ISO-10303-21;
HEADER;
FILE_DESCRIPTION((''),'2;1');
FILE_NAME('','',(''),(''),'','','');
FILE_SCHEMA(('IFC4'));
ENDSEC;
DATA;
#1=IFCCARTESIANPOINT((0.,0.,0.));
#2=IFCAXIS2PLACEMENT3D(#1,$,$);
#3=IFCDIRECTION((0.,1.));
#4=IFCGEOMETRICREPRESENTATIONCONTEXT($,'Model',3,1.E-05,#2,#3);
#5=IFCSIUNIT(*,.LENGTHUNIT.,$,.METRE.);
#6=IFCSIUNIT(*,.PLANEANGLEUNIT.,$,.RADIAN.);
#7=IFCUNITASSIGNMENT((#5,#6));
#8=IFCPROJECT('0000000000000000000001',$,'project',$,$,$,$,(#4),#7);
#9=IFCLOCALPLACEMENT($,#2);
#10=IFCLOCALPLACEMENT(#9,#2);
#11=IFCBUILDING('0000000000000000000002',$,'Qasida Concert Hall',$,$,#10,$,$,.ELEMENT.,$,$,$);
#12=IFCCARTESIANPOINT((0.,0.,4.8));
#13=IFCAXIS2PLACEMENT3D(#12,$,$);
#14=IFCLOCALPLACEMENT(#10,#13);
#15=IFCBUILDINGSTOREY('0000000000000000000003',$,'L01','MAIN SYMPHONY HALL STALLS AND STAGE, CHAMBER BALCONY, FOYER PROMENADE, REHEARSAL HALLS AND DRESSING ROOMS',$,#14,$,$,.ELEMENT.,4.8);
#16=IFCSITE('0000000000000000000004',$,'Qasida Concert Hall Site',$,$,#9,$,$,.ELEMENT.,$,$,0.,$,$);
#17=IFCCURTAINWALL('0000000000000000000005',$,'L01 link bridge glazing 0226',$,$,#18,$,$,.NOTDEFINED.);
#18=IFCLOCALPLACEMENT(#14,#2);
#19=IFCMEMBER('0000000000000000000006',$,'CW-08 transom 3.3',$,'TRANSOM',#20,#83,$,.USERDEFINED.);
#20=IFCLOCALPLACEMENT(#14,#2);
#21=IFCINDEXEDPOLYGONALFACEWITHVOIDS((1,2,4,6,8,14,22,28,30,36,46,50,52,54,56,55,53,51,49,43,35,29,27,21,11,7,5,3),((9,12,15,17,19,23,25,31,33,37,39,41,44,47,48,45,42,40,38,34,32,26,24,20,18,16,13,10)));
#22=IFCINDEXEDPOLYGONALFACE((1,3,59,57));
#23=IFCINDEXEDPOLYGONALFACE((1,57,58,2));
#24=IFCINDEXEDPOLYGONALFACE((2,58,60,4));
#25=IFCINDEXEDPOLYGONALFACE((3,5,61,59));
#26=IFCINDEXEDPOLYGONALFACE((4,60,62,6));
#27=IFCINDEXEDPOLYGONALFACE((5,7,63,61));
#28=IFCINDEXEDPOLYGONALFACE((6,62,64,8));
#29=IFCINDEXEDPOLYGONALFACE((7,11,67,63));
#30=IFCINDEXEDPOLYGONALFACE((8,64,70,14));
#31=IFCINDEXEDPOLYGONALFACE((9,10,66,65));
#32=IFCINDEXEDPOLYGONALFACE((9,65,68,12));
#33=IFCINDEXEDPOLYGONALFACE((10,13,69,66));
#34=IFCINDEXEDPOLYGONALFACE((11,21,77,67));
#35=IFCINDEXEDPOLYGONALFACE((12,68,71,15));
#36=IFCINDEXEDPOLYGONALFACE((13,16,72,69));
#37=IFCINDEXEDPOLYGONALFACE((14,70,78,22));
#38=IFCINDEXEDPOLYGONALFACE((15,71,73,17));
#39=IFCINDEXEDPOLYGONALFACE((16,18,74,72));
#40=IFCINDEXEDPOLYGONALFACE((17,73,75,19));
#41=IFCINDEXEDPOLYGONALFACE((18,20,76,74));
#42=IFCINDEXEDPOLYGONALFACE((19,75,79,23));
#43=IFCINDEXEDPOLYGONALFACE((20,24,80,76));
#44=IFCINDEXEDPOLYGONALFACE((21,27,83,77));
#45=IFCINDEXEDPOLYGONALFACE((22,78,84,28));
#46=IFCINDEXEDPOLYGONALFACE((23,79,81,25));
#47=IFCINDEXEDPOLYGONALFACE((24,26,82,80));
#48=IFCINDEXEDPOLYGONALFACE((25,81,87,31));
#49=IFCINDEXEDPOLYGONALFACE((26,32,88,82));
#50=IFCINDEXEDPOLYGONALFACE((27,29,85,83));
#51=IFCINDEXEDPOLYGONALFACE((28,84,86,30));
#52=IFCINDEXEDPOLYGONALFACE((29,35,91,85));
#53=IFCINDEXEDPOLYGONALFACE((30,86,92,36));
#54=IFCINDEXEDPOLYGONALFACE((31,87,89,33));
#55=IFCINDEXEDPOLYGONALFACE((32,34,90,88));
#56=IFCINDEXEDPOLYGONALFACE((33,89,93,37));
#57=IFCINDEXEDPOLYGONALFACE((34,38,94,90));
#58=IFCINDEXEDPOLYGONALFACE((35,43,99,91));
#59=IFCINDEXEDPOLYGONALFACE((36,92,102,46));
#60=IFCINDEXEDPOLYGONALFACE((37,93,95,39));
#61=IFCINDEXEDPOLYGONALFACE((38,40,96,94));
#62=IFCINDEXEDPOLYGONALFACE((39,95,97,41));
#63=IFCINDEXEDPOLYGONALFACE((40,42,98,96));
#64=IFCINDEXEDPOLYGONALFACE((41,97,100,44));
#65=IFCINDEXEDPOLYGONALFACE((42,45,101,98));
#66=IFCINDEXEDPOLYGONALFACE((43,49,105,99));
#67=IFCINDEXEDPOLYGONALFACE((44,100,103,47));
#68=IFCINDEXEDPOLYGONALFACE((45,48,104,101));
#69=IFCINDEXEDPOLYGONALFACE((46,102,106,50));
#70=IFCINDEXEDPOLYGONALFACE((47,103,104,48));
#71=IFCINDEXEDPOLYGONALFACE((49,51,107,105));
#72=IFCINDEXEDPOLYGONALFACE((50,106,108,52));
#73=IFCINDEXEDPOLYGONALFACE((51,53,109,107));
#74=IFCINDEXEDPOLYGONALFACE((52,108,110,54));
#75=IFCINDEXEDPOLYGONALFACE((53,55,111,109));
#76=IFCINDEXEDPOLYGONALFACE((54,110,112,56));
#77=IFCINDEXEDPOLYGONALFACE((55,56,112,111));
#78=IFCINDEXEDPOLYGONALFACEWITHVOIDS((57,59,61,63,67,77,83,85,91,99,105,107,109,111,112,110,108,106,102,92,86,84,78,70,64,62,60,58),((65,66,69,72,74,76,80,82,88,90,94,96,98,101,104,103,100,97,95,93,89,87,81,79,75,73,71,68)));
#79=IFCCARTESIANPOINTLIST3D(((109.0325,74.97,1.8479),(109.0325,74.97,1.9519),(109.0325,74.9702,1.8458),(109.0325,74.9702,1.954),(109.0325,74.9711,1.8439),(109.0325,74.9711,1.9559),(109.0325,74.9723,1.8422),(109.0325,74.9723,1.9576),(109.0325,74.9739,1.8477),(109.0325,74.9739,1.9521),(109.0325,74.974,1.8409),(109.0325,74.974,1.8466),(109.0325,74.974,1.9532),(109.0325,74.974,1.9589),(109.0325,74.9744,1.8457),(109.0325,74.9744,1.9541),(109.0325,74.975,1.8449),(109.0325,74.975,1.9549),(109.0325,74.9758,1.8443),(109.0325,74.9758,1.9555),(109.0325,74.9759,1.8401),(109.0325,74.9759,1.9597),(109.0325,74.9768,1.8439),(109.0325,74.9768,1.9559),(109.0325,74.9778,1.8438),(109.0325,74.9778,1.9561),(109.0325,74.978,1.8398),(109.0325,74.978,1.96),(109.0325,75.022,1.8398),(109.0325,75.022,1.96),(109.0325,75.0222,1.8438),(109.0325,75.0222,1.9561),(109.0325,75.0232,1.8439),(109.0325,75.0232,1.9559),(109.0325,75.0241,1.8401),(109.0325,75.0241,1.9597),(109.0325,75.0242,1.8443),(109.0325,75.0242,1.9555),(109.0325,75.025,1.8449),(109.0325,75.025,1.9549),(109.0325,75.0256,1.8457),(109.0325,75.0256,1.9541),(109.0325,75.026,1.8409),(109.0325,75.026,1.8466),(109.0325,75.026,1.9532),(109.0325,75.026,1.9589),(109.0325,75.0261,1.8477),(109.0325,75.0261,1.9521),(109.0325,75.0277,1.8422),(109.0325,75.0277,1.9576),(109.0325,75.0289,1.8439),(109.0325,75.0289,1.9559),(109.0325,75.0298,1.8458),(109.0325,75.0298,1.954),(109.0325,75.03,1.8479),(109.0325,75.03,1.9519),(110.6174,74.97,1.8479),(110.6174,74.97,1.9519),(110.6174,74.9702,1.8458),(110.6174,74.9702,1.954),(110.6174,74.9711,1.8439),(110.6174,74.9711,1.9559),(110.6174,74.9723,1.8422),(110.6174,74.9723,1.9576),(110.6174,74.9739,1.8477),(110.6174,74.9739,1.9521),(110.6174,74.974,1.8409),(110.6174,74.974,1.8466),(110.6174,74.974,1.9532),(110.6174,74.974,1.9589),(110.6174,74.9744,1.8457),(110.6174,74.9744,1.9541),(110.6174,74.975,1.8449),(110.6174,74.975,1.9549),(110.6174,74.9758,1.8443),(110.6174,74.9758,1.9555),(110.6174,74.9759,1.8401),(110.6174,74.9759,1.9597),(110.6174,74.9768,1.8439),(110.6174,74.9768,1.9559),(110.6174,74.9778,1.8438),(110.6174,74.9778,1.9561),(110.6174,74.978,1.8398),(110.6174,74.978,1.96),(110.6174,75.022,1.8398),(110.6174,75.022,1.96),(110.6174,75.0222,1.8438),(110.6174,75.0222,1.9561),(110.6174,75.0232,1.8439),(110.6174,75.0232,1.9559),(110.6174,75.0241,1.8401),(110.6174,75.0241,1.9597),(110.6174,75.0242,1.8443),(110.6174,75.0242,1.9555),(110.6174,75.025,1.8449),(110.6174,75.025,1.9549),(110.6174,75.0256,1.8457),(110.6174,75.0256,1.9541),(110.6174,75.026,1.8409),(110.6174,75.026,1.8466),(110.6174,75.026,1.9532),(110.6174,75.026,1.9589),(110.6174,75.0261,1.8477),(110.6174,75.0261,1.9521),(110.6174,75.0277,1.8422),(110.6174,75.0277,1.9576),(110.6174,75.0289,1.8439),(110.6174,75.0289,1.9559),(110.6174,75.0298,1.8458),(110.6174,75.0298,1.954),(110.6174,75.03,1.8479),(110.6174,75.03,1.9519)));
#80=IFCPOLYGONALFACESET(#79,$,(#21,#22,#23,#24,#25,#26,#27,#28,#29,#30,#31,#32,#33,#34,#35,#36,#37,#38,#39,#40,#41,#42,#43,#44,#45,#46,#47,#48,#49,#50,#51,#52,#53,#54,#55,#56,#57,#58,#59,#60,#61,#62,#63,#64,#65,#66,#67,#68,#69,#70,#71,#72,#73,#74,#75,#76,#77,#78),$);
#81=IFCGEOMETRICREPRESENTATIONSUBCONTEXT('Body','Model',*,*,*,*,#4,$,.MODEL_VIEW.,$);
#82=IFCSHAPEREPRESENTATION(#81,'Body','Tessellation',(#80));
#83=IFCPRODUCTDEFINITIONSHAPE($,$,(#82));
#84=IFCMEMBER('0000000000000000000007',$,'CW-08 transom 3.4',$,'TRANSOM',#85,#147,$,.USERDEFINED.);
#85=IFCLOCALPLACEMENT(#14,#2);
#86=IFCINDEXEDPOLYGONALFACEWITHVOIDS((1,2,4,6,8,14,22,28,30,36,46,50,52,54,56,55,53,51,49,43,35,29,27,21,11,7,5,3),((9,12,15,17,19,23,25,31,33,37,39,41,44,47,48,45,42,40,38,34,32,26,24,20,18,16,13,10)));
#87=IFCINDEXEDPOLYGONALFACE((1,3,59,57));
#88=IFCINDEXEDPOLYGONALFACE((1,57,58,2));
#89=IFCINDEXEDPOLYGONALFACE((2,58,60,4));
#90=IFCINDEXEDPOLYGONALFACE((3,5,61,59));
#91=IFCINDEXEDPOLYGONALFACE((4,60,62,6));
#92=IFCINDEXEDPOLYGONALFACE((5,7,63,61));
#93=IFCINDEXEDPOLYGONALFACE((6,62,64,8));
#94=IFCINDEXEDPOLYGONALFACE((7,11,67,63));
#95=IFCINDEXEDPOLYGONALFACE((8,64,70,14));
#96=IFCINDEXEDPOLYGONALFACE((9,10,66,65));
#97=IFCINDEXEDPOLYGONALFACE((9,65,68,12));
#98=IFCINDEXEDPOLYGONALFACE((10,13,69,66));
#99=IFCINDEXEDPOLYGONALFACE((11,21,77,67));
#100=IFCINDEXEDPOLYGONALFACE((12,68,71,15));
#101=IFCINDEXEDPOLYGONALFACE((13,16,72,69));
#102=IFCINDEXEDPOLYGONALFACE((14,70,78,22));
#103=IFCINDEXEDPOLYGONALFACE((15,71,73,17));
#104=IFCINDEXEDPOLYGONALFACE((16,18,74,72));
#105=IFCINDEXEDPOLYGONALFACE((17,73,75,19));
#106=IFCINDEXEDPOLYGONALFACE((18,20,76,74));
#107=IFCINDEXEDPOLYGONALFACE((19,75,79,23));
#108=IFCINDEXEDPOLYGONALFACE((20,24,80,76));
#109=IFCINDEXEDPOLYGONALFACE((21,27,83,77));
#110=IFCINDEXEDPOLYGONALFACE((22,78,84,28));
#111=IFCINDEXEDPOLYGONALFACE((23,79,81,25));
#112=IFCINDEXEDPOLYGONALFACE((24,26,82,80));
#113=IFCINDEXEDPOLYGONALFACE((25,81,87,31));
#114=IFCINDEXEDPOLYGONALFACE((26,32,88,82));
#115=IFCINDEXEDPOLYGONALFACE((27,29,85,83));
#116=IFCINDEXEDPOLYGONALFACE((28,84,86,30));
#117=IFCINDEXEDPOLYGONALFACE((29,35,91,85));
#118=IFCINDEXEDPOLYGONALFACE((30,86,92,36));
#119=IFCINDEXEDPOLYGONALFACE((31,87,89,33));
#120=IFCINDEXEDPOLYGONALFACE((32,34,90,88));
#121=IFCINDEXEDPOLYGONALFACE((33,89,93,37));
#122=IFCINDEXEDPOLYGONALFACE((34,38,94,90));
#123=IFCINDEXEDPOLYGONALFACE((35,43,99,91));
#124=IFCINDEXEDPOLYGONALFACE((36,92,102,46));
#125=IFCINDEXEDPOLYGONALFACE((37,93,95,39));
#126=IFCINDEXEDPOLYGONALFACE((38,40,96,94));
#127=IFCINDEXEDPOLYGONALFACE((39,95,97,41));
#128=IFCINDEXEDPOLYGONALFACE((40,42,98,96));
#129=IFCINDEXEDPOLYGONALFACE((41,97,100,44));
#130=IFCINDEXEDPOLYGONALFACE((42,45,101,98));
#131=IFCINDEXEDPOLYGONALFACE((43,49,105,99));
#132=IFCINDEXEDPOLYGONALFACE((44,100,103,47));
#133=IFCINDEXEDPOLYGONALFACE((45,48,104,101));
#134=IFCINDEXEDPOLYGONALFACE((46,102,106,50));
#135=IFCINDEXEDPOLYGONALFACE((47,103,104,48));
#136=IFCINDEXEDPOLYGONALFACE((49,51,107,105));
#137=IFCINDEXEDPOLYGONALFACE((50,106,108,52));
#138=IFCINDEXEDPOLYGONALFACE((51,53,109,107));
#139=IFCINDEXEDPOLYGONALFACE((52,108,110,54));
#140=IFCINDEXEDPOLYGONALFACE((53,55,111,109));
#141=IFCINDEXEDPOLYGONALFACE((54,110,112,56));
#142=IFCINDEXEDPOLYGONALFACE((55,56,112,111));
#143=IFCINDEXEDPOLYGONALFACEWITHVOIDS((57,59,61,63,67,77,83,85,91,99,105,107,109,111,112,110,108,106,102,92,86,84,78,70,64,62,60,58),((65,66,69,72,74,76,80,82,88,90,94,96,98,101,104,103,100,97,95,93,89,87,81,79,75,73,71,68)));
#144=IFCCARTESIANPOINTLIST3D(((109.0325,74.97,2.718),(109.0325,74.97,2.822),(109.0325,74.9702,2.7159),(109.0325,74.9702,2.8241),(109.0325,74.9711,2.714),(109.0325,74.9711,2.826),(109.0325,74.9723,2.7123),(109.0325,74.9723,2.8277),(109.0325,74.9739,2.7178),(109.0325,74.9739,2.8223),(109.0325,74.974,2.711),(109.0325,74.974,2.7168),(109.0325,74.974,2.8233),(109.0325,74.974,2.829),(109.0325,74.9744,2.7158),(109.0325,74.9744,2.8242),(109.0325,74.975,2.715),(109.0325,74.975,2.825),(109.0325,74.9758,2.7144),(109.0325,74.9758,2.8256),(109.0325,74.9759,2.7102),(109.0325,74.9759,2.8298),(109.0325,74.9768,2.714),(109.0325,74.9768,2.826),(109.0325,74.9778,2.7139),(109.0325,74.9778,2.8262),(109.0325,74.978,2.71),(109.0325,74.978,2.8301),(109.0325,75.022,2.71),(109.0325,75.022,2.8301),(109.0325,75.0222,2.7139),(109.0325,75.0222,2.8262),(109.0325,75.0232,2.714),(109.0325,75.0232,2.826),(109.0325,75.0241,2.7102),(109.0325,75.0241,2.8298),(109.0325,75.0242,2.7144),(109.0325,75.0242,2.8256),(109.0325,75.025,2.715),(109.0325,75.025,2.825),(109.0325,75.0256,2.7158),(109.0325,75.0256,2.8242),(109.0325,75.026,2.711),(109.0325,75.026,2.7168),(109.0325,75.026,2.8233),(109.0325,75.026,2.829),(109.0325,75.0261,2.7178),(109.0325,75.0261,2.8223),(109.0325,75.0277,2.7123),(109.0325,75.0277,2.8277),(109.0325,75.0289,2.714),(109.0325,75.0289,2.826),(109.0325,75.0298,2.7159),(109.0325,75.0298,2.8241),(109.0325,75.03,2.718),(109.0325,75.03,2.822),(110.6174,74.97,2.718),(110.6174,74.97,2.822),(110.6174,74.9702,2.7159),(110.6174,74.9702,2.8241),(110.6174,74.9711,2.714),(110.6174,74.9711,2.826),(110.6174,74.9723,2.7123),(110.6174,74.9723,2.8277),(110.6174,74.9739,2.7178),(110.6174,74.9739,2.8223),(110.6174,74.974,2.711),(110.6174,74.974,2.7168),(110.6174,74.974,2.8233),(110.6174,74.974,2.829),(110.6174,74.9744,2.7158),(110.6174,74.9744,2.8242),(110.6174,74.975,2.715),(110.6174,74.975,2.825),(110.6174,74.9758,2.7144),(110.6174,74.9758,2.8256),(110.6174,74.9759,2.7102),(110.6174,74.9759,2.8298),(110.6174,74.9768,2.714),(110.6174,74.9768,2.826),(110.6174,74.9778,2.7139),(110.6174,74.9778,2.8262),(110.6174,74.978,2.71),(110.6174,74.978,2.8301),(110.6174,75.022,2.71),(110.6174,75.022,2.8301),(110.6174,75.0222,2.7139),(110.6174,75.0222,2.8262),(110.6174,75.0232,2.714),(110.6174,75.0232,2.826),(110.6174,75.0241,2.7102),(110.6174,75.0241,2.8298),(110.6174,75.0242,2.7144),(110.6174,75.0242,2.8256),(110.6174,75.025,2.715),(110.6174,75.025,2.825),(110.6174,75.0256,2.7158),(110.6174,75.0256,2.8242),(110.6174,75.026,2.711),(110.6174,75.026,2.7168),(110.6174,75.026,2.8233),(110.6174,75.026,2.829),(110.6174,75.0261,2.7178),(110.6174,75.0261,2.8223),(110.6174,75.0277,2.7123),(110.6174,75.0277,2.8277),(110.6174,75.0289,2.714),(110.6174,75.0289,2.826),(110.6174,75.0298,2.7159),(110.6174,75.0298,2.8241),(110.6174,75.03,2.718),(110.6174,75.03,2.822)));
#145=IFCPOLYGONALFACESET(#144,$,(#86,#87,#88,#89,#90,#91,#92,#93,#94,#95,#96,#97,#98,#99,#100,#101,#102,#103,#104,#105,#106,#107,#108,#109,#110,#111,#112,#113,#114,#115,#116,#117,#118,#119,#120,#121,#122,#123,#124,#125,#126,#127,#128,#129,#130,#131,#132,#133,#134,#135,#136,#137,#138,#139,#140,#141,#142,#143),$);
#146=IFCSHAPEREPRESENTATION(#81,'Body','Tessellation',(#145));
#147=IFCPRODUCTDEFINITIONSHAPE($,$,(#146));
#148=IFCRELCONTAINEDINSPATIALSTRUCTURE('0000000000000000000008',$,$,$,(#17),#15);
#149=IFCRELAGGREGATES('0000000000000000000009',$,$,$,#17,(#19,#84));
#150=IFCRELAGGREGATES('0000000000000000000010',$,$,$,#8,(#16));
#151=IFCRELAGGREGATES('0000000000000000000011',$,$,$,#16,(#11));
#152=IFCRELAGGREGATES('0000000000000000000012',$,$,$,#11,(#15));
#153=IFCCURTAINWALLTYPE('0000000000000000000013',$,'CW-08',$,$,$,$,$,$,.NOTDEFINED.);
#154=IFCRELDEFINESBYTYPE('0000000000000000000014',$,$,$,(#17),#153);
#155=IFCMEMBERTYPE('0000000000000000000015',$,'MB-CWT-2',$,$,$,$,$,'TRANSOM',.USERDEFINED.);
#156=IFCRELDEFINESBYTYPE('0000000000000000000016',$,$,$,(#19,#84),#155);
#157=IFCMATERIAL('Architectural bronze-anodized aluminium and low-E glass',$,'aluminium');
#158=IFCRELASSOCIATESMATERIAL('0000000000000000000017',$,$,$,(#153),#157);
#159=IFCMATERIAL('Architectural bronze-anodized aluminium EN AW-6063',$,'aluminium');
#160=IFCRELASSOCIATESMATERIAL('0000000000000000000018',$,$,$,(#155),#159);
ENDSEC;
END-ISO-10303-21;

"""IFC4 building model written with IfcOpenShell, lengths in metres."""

from ifc_helpers import new_model, si_unit, direction, frame, origin, origin_2d, place, context, subcontext, project, spatial, hollow_rectangle, extrude, material, material_profile, profile_set, type_object, element, aggregate, save


model = new_model("IFC4")

# Units and contexts
model_context = context("Model", 3, precision=1e-05, world=origin(), true_north=direction((0.0, 1.0)))
body_context = subcontext(model_context, "Body", "Model", "MODEL_VIEW")
ifc_project = project(units=[si_unit("LENGTHUNIT", "METRE"), si_unit("PLANEANGLEUNIT", "RADIAN")], contexts=[model_context])

# Site, building, storey
site_placement = place(None, origin())
site = spatial("IfcSite", under=ifc_project, at=site_placement, Name="Qasida Concert Hall Site", CompositionType="ELEMENT", RefElevation=0.0)
building_placement = place(site_placement, origin())
building = spatial("IfcBuilding", under=site, at=building_placement, Name="Qasida Concert Hall", CompositionType="ELEMENT")
storey_placement = place(building_placement, frame((0.0, 0.0, 4.8)))
storey = spatial("IfcBuildingStorey", under=building, at=storey_placement, Name="L01", Description="MAIN SYMPHONY HALL STALLS AND STAGE, CHAMBER BALCONY, FOYER PROMENADE, REHEARSAL HALLS AND DRESSING ROOMS", CompositionType="ELEMENT", Elevation=4.8)

# Curtain wall, members
ifc_material_1 = material(Name="Architectural bronze-anodized aluminium and low-E glass", Category="aluminium")
curtain_wall_type = type_object("IfcCurtainWallType", Name="CW-08", PredefinedType="NOTDEFINED", material=ifc_material_1)
curtain_wall_placement = place(storey_placement, origin())
curtain_wall = element("IfcCurtainWall", 1, at=curtain_wall_placement, inside=storey, type_object=curtain_wall_type, Name="L01 link bridge glazing 0226", PredefinedType="NOTDEFINED")
ifc_material_2 = material(Name="Architectural bronze-anodized aluminium EN AW-6063", Category="aluminium")
ifc_material_profile_1 = material_profile(ifc_material_2, hollow_rectangle(XDim=0.0601, YDim=0.1201, WallThickness=0.0039, InnerFilletRadius=0.0039, OuterFilletRadius=0.0081, at=origin_2d()), Name="CWT 120x60x4")
ifc_profile_set_1 = profile_set([ifc_material_profile_1], Name="Architectural bronze-anodized aluminium EN AW-6063")
member_type_1 = type_object("IfcMemberType", Name="MB-CWT-2", ElementType="TRANSOM", PredefinedType="USERDEFINED", material=ifc_profile_set_1)
member_1_placement = place(storey_placement, frame((109.0325, 75.0, 1.8999), z_axis=(1.0, 0.0, 0.0), x_axis=(0.0, 1.0, 0.0)))
member_1 = element("IfcMember", 2, at=member_1_placement, type_object=member_type_1, Name="CW-08 transom 3.3", ObjectType="TRANSOM", PredefinedType="USERDEFINED", context=body_context, shape_type="SweptSolid", body=[
    extrude(hollow_rectangle(XDim=0.0601, YDim=0.1201, WallThickness=0.0039, InnerFilletRadius=0.0039, OuterFilletRadius=0.0081, at=origin_2d()), origin(), (0.0, 0.0, 1.0), 1.585),
])
member_2_placement = place(storey_placement, frame((109.0325, 75.0, 2.77), z_axis=(1.0, 0.0, 0.0), x_axis=(0.0, 1.0, 0.0)))
member_2 = element("IfcMember", 3, at=member_2_placement, type_object=member_type_1, Name="CW-08 transom 3.4", ObjectType="TRANSOM", PredefinedType="USERDEFINED", context=body_context, shape_type="SweptSolid", body=[
    extrude(hollow_rectangle(XDim=0.0601, YDim=0.1201, WallThickness=0.0039, InnerFilletRadius=0.0039, OuterFilletRadius=0.0081, at=origin_2d()), origin(), (0.0, 0.0, 1.0), 1.585),
])
aggregate(curtain_wall, [member_1, member_2])

save(model, "model.ifc")
